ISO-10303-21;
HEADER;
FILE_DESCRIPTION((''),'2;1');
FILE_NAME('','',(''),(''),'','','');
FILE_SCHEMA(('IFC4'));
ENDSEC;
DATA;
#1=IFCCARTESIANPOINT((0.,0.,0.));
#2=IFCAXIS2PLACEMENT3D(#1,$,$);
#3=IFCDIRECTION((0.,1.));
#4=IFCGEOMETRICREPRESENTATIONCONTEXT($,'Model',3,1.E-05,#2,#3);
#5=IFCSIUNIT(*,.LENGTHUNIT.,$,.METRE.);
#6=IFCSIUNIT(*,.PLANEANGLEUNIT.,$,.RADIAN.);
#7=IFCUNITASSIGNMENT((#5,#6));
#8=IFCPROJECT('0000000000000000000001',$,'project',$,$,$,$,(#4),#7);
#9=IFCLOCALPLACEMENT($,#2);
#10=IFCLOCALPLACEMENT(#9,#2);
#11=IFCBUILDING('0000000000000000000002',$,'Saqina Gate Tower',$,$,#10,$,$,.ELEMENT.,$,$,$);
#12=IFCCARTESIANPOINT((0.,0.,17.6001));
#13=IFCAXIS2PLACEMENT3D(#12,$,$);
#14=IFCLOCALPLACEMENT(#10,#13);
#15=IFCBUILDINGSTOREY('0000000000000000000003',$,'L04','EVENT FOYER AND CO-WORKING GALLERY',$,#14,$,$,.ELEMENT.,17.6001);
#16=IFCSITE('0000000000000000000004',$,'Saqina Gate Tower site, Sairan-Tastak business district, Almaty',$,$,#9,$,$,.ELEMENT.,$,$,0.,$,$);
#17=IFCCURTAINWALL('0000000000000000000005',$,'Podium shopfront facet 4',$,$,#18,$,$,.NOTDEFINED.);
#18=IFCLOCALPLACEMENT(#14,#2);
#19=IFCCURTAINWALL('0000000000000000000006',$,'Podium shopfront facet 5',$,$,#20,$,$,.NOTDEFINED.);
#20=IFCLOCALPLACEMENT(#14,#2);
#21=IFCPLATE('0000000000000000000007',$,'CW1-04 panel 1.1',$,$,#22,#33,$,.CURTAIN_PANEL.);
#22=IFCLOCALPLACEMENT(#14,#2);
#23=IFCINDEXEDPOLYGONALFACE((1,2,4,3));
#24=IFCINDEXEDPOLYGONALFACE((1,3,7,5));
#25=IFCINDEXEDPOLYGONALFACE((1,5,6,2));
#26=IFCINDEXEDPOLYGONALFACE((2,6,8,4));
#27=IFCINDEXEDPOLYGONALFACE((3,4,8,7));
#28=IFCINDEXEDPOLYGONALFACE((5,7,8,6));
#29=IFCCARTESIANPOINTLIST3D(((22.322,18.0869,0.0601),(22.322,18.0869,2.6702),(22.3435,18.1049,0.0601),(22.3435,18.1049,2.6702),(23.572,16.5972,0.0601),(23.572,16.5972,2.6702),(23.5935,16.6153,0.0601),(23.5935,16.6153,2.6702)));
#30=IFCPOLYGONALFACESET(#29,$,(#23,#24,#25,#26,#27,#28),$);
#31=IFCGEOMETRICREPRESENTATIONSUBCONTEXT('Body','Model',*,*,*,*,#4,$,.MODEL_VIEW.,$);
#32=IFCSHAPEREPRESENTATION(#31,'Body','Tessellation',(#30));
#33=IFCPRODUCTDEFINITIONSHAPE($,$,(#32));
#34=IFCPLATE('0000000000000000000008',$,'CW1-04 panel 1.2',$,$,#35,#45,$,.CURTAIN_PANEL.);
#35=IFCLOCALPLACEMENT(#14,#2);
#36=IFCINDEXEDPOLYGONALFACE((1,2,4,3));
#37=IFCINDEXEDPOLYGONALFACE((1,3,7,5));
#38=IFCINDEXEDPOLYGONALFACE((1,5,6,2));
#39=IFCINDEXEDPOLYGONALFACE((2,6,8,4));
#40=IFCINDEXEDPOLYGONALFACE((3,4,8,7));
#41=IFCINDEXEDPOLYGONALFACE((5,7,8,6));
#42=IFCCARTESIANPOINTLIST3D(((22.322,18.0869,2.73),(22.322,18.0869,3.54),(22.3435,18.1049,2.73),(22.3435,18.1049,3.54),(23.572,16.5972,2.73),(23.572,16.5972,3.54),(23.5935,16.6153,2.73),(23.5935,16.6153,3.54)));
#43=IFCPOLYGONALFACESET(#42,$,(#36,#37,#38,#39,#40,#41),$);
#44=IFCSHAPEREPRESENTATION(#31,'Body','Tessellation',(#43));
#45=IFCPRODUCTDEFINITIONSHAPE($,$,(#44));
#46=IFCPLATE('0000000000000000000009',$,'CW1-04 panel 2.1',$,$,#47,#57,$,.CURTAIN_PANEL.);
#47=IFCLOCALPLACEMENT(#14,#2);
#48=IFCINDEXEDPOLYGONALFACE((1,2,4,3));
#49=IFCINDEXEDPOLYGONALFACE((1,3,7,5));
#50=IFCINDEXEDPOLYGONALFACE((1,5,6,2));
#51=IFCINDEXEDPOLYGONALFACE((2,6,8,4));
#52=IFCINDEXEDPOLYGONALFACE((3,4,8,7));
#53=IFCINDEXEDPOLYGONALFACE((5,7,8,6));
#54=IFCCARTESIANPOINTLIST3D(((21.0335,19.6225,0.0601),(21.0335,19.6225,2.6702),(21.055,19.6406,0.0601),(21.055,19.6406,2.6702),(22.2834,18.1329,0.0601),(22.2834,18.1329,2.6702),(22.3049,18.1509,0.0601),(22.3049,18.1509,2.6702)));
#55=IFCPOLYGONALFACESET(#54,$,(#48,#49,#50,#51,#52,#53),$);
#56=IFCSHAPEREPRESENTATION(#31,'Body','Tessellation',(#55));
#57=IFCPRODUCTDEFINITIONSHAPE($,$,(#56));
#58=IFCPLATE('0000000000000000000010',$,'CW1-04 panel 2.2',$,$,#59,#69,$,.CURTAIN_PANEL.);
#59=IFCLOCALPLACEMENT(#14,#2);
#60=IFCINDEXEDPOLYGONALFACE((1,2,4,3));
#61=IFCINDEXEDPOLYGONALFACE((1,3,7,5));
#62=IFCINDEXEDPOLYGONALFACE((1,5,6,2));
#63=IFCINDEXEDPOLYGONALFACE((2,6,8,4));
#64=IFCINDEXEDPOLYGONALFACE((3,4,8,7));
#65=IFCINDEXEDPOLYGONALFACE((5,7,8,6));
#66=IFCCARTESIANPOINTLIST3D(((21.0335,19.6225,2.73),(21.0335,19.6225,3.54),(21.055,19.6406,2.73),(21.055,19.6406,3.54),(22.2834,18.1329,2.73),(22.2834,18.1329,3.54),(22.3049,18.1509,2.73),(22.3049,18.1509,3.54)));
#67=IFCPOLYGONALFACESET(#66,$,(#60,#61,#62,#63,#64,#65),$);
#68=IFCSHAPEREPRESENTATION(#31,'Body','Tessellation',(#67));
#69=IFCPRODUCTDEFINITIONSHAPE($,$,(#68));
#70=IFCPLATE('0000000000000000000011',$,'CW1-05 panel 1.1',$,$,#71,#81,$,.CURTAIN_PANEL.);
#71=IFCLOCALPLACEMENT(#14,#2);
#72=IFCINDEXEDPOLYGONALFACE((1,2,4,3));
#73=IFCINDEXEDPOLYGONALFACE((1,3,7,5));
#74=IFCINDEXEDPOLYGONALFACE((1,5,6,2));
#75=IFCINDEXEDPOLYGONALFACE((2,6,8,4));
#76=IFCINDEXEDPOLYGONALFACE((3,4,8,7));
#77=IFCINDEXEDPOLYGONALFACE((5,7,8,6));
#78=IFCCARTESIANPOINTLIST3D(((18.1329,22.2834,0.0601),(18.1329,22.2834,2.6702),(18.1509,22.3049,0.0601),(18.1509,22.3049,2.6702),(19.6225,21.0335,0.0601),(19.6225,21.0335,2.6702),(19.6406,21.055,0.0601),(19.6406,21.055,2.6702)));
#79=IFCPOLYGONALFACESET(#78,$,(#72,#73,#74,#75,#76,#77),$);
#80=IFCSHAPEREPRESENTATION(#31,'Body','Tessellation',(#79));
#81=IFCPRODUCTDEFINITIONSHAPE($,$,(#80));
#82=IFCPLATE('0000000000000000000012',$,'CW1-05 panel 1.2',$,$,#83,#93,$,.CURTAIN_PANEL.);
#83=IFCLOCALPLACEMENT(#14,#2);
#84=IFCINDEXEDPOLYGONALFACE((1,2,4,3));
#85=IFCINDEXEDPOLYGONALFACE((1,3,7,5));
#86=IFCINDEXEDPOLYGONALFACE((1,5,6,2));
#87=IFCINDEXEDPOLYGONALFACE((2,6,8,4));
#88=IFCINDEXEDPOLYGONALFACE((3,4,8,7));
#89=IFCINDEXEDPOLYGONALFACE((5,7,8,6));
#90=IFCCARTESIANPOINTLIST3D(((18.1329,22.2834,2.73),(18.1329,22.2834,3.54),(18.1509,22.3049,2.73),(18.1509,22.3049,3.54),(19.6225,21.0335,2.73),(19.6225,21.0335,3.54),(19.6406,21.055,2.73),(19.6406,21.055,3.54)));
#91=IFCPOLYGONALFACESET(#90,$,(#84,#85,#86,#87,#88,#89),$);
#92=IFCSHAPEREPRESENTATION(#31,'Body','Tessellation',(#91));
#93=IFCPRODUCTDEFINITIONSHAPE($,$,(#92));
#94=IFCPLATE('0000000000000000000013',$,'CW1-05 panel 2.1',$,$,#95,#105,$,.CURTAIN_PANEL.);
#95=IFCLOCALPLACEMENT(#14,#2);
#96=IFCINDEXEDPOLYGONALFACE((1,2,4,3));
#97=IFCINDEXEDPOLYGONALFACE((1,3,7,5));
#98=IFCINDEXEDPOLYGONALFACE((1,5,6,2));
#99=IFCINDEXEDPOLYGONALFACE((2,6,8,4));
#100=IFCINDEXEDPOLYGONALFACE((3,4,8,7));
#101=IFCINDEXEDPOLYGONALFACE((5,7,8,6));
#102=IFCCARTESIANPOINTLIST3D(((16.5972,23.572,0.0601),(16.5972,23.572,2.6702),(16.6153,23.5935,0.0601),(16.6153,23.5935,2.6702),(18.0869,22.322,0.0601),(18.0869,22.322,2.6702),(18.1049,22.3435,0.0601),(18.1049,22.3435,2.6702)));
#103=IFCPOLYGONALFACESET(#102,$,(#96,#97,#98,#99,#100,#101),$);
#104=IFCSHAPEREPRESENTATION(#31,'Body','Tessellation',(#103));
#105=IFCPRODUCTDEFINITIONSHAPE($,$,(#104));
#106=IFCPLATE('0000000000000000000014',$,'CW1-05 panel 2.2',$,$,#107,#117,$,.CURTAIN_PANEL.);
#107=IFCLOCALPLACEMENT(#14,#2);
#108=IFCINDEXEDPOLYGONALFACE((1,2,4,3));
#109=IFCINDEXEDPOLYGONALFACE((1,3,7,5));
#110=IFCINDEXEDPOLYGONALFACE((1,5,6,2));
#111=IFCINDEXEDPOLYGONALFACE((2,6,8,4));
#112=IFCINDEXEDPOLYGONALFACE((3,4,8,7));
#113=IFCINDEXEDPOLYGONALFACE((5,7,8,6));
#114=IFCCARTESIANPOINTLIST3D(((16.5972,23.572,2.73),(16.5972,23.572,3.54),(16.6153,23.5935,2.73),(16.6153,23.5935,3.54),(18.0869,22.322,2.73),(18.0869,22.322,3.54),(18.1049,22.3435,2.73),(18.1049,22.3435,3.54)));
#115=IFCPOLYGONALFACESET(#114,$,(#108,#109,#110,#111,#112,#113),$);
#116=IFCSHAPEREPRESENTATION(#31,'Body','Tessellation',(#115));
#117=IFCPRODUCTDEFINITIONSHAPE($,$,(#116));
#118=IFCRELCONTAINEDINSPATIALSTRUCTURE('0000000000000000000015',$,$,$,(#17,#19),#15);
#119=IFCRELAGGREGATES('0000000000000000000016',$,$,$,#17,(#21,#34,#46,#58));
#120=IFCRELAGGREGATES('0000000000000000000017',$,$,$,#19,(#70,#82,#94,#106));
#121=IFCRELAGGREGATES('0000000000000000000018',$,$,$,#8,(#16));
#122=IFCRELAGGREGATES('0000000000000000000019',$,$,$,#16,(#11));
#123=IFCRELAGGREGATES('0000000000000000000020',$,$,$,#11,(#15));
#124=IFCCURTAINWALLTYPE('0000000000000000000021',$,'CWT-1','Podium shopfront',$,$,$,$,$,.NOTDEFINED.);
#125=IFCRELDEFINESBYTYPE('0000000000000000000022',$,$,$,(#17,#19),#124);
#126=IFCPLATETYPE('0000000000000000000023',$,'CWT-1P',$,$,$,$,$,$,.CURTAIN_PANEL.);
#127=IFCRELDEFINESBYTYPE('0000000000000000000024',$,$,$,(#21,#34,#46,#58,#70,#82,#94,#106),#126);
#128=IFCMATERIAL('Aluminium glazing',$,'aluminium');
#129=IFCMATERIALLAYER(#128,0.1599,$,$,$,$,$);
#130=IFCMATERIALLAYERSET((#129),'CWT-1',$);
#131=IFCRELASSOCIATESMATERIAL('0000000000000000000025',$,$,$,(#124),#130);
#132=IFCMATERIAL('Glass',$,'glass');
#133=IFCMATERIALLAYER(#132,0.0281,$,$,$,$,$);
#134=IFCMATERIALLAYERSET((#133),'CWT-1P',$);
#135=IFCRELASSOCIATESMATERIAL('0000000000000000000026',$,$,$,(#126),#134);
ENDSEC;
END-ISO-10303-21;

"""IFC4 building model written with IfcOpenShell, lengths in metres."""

from ifc_helpers import new_model, si_unit, direction, frame, origin, origin_2d, place, context, subcontext, project, spatial, rectangle, extrude, material, layer, layer_set, type_object, element, aggregate, save


model = new_model("IFC4")

# Units and contexts
model_context = context("Model", 3, precision=1e-05, world=origin(), true_north=direction((0.0, 1.0)))
body_context = subcontext(model_context, "Body", "Model", "MODEL_VIEW")
ifc_project = project(units=[si_unit("LENGTHUNIT", "METRE"), si_unit("PLANEANGLEUNIT", "RADIAN")], contexts=[model_context])

# Site, building, storey
site_placement = place(None, origin())
site = spatial("IfcSite", under=ifc_project, at=site_placement, Name="Saqina Gate Tower site, Sairan-Tastak business district, Almaty", CompositionType="ELEMENT", RefElevation=0.0)
building_placement = place(site_placement, origin())
building = spatial("IfcBuilding", under=site, at=building_placement, Name="Saqina Gate Tower", CompositionType="ELEMENT")
storey_placement = place(building_placement, frame((0.0, 0.0, 17.6001)))
storey = spatial("IfcBuildingStorey", under=building, at=storey_placement, Name="L04", Description="EVENT FOYER AND CO-WORKING GALLERY", CompositionType="ELEMENT", Elevation=17.6001)

# Curtain walls
ifc_material_1 = material(Name="Aluminium glazing", Category="aluminium")
ifc_layer_1 = layer(ifc_material_1, 0.1599)
ifc_layer_set_1 = layer_set([ifc_layer_1], Name="CWT-1")
curtain_wall_type = type_object("IfcCurtainWallType", Name="CWT-1", Description="Podium shopfront", PredefinedType="NOTDEFINED", material=ifc_layer_set_1)
curtain_wall_1_placement = place(storey_placement, origin())
curtain_wall_1 = element("IfcCurtainWall", 1, at=curtain_wall_1_placement, inside=storey, type_object=curtain_wall_type, Name="Podium shopfront facet 4", PredefinedType="NOTDEFINED")
curtain_wall_2_placement = place(storey_placement, origin())
curtain_wall_2 = element("IfcCurtainWall", 2, at=curtain_wall_2_placement, inside=storey, type_object=curtain_wall_type, Name="Podium shopfront facet 5", PredefinedType="NOTDEFINED")

# Plates
ifc_material_2 = material(Name="Glass", Category="glass")
ifc_layer_2 = layer(ifc_material_2, 0.0281)
ifc_layer_set_2 = layer_set([ifc_layer_2], Name="CWT-1P")
plate_type = type_object("IfcPlateType", Name="CWT-1P", PredefinedType="CURTAIN_PANEL", material=ifc_layer_set_2)
plate_1_placement = place(storey_placement, frame((22.9578, 17.3511, 0.0601), z_axis=(0.0, 0.0, 1.0), x_axis=(-0.642779, 0.766051, 0.0)))
plate_1 = element("IfcPlate", 3, at=plate_1_placement, type_object=plate_type, Name="CW1-04 panel 1.1", PredefinedType="CURTAIN_PANEL", context=body_context, shape_type="SweptSolid", body=[
    extrude(rectangle(XDim=1.9446, YDim=0.0281, at=origin_2d()), origin(), (0.0, 0.0, 1.0), 2.6101),
])
plate_2_placement = place(storey_placement, frame((22.9578, 17.3511, 2.73), z_axis=(0.0, 0.0, 1.0), x_axis=(-0.642779, 0.766051, 0.0)))
plate_2 = element("IfcPlate", 4, at=plate_2_placement, type_object=plate_type, Name="CW1-04 panel 1.2", PredefinedType="CURTAIN_PANEL", context=body_context, shape_type="SweptSolid", body=[
    extrude(rectangle(XDim=1.9446, YDim=0.0281, at=origin_2d()), origin(), (0.0, 0.0, 1.0), 0.8101),
])
plate_3_placement = place(storey_placement, frame((21.6692, 18.8867, 0.0601), z_axis=(0.0, 0.0, 1.0), x_axis=(-0.642779, 0.766051, 0.0)))
plate_3 = element("IfcPlate", 5, at=plate_3_placement, type_object=plate_type, Name="CW1-04 panel 2.1", PredefinedType="CURTAIN_PANEL", context=body_context, shape_type="SweptSolid", body=[
    extrude(rectangle(XDim=1.9446, YDim=0.0281, at=origin_2d()), origin(), (0.0, 0.0, 1.0), 2.6101),
])
plate_4_placement = place(storey_placement, frame((21.6692, 18.8867, 2.73), z_axis=(0.0, 0.0, 1.0), x_axis=(-0.642779, 0.766051, 0.0)))
plate_4 = element("IfcPlate", 6, at=plate_4_placement, type_object=plate_type, Name="CW1-04 panel 2.2", PredefinedType="CURTAIN_PANEL", context=body_context, shape_type="SweptSolid", body=[
    extrude(rectangle(XDim=1.9446, YDim=0.0281, at=origin_2d()), origin(), (0.0, 0.0, 1.0), 0.8101),
])
aggregate(curtain_wall_1, [plate_1, plate_2, plate_3, plate_4])
plate_5_placement = place(storey_placement, frame((18.8867, 21.6692, 0.0601), z_axis=(0.0, 0.0, 1.0), x_axis=(-0.766051, 0.642779, 0.0)))
plate_5 = element("IfcPlate", 7, at=plate_5_placement, type_object=plate_type, Name="CW1-05 panel 1.1", PredefinedType="CURTAIN_PANEL", context=body_context, shape_type="SweptSolid", body=[
    extrude(rectangle(XDim=1.9446, YDim=0.0281, at=origin_2d()), origin(), (0.0, 0.0, 1.0), 2.6101),
])
plate_6_placement = place(storey_placement, frame((18.8867, 21.6692, 2.73), z_axis=(0.0, 0.0, 1.0), x_axis=(-0.766051, 0.642779, 0.0)))
plate_6 = element("IfcPlate", 8, at=plate_6_placement, type_object=plate_type, Name="CW1-05 panel 1.2", PredefinedType="CURTAIN_PANEL", context=body_context, shape_type="SweptSolid", body=[
    extrude(rectangle(XDim=1.9446, YDim=0.0281, at=origin_2d()), origin(), (0.0, 0.0, 1.0), 0.8101),
])
plate_7_placement = place(storey_placement, frame((17.3511, 22.9578, 0.0601), z_axis=(0.0, 0.0, 1.0), x_axis=(-0.766051, 0.642779, 0.0)))
plate_7 = element("IfcPlate", 9, at=plate_7_placement, type_object=plate_type, Name="CW1-05 panel 2.1", PredefinedType="CURTAIN_PANEL", context=body_context, shape_type="SweptSolid", body=[
    extrude(rectangle(XDim=1.9446, YDim=0.0281, at=origin_2d()), origin(), (0.0, 0.0, 1.0), 2.6101),
])
plate_8_placement = place(storey_placement, frame((17.3511, 22.9578, 2.73), z_axis=(0.0, 0.0, 1.0), x_axis=(-0.766051, 0.642779, 0.0)))
plate_8 = element("IfcPlate", 10, at=plate_8_placement, type_object=plate_type, Name="CW1-05 panel 2.2", PredefinedType="CURTAIN_PANEL", context=body_context, shape_type="SweptSolid", body=[
    extrude(rectangle(XDim=1.9446, YDim=0.0281, at=origin_2d()), origin(), (0.0, 0.0, 1.0), 0.8101),
])
aggregate(curtain_wall_2, [plate_5, plate_6, plate_7, plate_8])

save(model, "model.ifc")
